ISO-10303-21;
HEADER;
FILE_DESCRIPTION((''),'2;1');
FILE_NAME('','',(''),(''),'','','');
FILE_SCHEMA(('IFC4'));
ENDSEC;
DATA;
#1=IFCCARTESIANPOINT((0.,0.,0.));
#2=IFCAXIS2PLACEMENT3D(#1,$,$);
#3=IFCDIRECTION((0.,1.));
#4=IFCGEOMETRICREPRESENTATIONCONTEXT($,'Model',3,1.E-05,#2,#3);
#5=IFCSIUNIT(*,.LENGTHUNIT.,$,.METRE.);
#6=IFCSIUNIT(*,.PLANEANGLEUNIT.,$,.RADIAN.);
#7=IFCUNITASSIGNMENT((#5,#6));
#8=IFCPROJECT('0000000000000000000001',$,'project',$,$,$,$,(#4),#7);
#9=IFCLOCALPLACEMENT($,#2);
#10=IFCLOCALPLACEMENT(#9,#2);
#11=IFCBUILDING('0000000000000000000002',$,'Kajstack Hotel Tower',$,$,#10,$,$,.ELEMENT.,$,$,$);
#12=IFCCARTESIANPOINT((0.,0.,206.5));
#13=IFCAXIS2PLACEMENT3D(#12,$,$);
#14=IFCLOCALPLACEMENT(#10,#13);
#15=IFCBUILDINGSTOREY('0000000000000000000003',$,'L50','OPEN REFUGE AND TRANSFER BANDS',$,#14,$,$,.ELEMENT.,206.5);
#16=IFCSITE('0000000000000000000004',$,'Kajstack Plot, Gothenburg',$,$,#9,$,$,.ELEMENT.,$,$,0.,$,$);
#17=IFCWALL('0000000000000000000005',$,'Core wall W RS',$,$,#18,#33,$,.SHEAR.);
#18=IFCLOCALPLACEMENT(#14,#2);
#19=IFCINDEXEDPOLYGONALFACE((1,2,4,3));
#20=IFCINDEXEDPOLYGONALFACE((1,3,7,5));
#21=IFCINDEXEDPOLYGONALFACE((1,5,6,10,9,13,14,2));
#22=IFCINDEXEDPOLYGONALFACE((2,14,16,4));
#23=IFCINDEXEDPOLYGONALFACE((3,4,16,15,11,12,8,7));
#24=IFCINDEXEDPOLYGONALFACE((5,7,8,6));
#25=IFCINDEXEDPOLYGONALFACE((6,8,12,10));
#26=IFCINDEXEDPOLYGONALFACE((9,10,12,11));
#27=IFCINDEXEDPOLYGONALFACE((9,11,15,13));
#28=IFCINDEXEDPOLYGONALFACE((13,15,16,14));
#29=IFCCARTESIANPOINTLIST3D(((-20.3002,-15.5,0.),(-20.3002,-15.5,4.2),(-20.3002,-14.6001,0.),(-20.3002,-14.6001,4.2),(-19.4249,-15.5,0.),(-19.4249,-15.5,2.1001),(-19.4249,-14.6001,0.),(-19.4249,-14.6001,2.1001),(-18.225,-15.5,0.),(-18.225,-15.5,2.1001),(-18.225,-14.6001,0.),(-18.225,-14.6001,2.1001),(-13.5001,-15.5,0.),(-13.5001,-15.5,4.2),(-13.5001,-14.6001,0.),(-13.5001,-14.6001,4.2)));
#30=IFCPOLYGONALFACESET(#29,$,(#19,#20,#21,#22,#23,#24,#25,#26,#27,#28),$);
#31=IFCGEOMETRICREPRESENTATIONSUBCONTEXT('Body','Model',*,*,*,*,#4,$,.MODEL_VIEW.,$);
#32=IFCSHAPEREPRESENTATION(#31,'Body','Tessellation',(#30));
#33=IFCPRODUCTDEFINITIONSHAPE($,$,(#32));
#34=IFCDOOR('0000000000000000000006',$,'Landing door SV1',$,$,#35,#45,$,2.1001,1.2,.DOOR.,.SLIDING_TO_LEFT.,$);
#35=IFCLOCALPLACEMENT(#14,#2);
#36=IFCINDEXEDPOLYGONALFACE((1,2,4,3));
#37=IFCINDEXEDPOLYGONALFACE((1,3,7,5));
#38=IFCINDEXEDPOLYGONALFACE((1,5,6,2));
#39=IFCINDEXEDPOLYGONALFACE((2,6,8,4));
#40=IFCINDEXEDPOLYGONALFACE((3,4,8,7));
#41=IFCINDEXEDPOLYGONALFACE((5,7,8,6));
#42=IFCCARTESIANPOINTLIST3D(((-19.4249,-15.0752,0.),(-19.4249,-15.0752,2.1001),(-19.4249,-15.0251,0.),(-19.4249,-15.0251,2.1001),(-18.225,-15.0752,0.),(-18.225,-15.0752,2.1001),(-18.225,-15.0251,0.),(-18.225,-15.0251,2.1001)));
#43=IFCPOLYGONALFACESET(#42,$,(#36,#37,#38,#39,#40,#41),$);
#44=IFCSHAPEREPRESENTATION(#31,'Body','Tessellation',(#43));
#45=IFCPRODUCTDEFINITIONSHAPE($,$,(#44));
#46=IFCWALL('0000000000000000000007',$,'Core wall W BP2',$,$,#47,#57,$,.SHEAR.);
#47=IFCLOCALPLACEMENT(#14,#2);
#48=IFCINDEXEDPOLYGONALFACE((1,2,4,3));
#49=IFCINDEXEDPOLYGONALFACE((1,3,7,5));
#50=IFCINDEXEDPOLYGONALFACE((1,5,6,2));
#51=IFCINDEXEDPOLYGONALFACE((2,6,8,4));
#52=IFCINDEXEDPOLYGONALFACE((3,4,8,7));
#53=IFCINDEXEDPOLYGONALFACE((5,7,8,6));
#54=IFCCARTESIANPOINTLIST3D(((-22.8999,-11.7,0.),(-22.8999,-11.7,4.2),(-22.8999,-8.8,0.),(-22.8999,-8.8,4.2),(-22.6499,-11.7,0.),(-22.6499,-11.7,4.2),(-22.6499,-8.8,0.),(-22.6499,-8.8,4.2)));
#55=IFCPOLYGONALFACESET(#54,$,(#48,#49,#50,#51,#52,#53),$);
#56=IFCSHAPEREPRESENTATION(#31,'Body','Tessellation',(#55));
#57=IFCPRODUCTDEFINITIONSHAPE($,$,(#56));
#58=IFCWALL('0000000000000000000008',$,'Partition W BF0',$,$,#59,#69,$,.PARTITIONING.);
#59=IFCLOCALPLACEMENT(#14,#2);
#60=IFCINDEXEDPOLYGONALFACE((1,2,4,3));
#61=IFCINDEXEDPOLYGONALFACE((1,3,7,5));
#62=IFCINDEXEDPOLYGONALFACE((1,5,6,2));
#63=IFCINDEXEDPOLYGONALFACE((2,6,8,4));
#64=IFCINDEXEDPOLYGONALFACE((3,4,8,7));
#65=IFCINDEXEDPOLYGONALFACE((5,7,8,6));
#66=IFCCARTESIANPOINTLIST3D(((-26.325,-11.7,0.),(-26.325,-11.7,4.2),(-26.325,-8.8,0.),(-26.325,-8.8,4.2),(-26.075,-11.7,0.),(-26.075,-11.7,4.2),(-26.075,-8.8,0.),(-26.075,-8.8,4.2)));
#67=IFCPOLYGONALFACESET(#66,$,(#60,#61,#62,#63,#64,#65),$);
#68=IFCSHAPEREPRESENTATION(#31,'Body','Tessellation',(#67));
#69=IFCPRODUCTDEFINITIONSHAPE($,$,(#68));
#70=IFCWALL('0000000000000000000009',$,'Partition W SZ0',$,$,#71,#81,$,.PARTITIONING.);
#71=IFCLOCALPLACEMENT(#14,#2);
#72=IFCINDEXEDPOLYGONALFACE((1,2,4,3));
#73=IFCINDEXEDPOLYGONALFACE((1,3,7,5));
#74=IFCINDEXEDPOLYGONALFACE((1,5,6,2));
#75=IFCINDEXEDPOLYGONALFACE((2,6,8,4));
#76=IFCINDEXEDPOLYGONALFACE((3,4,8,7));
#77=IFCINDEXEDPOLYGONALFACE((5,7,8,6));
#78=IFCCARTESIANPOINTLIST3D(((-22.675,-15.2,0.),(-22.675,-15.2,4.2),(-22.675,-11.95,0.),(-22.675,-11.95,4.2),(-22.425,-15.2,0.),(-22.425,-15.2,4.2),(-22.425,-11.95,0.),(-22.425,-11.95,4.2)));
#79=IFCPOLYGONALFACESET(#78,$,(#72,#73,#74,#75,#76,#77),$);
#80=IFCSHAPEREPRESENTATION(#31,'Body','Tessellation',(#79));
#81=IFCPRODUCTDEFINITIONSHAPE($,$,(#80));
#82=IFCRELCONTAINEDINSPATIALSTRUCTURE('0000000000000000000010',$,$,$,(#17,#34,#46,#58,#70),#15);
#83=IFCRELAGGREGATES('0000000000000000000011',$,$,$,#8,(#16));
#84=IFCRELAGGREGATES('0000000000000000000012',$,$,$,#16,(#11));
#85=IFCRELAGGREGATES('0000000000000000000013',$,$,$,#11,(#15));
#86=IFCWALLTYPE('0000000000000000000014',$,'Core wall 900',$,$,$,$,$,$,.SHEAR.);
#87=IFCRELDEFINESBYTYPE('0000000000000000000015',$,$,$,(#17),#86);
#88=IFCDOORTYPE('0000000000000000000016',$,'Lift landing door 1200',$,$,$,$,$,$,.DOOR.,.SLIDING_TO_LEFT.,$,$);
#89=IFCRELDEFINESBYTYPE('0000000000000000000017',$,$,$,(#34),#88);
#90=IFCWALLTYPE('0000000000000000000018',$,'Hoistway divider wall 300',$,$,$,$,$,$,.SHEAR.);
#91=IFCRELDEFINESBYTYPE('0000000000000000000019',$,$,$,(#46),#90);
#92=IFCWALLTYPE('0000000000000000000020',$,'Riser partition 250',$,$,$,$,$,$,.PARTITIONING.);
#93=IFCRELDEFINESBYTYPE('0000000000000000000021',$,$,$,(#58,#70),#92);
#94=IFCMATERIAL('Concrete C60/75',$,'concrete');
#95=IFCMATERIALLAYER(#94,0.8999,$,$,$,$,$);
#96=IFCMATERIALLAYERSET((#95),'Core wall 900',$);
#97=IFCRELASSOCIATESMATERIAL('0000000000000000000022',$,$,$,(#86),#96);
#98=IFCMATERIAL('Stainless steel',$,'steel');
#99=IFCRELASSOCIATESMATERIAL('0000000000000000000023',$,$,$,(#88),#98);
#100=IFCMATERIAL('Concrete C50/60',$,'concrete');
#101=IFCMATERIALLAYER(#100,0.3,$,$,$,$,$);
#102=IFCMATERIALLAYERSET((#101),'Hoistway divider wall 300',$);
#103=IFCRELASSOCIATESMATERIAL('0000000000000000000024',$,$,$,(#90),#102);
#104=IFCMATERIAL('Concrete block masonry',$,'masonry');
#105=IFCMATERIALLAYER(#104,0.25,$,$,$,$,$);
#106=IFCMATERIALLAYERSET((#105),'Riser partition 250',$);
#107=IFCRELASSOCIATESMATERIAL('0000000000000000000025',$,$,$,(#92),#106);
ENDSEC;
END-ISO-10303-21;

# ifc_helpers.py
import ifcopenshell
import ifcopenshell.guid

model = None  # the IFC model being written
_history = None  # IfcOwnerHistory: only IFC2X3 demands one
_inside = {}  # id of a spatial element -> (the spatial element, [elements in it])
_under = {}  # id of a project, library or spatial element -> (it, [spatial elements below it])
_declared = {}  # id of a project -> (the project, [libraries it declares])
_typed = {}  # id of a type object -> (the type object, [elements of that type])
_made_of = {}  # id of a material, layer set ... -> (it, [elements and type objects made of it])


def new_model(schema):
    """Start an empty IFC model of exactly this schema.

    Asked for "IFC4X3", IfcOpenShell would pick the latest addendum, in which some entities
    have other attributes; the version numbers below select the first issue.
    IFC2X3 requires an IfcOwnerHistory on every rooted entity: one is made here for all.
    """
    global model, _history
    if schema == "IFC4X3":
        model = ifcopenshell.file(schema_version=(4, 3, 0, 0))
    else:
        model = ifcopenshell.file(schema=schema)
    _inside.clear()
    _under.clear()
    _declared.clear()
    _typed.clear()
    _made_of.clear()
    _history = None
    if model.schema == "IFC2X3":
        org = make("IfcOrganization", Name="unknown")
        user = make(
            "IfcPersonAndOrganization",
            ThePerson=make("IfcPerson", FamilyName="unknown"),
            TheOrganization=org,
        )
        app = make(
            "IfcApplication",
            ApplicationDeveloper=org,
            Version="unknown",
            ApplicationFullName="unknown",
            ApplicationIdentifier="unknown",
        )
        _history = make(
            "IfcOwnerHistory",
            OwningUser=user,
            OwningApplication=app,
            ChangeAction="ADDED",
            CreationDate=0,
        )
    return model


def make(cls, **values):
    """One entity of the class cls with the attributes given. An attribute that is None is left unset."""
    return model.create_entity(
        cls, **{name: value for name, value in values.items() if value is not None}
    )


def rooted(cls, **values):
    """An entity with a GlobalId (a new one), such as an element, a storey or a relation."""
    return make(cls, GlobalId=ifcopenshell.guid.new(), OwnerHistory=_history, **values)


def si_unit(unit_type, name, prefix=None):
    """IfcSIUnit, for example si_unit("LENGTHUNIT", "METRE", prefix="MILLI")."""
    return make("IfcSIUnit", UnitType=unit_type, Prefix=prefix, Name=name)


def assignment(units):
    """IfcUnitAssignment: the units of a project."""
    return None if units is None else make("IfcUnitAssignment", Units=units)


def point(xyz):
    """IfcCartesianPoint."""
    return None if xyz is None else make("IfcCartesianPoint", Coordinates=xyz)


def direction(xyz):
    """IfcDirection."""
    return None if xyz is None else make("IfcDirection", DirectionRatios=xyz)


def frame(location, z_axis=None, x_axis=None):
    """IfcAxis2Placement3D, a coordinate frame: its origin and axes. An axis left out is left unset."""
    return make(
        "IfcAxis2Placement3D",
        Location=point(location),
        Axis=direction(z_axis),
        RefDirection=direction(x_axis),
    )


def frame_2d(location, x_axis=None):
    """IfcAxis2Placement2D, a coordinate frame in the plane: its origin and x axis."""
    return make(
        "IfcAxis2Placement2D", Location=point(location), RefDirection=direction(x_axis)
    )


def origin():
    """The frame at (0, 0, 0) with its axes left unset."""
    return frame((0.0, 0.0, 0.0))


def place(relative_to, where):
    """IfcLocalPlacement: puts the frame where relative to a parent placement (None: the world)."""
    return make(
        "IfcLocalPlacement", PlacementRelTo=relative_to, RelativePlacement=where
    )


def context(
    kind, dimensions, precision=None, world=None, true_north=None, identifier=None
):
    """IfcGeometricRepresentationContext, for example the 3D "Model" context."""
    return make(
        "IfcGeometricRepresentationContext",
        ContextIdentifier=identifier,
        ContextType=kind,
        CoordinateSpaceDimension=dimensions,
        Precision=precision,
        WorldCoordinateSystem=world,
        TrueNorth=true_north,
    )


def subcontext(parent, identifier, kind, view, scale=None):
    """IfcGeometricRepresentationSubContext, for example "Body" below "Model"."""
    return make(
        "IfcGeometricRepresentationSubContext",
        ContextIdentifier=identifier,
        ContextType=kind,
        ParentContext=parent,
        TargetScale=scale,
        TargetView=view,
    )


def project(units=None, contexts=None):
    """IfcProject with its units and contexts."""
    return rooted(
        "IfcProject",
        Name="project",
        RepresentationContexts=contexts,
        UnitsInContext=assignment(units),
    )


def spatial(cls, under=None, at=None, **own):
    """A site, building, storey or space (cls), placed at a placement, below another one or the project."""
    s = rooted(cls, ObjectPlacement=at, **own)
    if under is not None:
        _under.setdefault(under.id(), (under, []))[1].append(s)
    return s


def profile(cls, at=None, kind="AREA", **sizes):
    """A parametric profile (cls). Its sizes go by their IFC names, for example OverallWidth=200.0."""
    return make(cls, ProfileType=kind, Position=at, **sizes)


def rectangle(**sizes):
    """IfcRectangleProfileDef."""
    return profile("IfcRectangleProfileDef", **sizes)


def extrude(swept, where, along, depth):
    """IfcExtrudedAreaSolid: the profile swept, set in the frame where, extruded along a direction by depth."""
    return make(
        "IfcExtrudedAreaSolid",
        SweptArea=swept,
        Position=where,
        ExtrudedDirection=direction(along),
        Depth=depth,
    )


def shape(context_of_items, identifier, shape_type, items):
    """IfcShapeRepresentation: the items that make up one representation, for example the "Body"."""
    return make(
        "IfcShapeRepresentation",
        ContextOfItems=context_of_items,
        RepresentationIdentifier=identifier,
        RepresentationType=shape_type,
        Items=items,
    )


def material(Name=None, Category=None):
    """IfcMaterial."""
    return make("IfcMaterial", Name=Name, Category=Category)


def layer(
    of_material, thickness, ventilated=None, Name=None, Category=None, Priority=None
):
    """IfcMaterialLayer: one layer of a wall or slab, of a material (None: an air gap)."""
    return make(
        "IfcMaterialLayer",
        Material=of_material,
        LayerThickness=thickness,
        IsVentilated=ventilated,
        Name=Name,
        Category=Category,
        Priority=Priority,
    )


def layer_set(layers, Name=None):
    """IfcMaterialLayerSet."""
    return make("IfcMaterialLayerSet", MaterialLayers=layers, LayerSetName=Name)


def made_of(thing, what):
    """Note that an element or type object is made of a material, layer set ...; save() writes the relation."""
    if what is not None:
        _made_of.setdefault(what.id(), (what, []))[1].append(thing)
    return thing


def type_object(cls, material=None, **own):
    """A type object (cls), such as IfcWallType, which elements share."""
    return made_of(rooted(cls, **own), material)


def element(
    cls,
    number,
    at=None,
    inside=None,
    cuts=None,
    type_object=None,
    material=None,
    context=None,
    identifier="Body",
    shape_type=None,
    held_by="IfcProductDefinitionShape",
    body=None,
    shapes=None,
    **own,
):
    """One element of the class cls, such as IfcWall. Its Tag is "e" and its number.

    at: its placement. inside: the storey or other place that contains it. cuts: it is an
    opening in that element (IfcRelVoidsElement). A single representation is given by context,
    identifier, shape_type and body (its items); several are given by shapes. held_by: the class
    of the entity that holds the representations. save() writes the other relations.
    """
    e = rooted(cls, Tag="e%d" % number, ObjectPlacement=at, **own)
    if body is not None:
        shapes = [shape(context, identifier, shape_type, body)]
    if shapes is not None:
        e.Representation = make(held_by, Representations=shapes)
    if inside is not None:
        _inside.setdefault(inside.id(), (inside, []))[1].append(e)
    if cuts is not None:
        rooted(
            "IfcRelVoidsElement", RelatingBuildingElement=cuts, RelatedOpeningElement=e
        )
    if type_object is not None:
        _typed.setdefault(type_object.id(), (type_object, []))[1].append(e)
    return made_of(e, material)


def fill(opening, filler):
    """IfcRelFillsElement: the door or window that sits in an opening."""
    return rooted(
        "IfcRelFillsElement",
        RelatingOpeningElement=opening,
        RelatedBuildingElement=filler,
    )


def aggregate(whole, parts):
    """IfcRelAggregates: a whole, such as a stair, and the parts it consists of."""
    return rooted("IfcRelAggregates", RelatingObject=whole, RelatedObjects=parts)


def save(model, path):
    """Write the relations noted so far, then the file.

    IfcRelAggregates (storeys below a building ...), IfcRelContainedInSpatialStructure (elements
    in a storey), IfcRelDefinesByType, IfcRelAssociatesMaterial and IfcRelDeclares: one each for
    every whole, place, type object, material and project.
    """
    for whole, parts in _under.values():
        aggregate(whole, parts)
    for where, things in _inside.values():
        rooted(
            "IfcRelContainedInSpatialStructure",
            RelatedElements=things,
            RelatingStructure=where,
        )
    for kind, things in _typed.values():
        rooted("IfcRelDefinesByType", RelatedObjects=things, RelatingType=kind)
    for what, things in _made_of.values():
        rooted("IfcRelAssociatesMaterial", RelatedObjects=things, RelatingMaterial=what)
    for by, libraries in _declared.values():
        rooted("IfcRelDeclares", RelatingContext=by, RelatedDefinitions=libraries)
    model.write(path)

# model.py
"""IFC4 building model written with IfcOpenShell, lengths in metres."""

from ifc_helpers import new_model, si_unit, direction, frame, frame_2d, origin, place, context, subcontext, project, spatial, rectangle, extrude, material, layer, layer_set, type_object, element, fill, save


model = new_model("IFC4")

# Units and contexts
model_context = context("Model", 3, precision=1e-05, world=origin(), true_north=direction((0.0, 1.0)))
body_context = subcontext(model_context, "Body", "Model", "MODEL_VIEW")
ifc_project = project(units=[si_unit("LENGTHUNIT", "METRE"), si_unit("PLANEANGLEUNIT", "RADIAN")], contexts=[model_context])

# Site, building, storey
site_placement = place(None, origin())
site = spatial("IfcSite", under=ifc_project, at=site_placement, Name="Kajstack Plot, Gothenburg", CompositionType="ELEMENT", RefElevation=0.0)
building_placement = place(site_placement, origin())
building = spatial("IfcBuilding", under=site, at=building_placement, Name="Kajstack Hotel Tower", CompositionType="ELEMENT")
storey_placement = place(building_placement, frame((0.0, 0.0, 206.5)))
storey = spatial("IfcBuildingStorey", under=building, at=storey_placement, Name="L50", Description="OPEN REFUGE AND TRANSFER BANDS", CompositionType="ELEMENT", Elevation=206.5)

# Wall, opening, door
ifc_material_1 = material(Name="Concrete C60/75", Category="concrete")
ifc_layer_1 = layer(ifc_material_1, 0.8999)
ifc_layer_set_1 = layer_set([ifc_layer_1], Name="Core wall 900")
wall_type_1 = type_object("IfcWallType", Name="Core wall 900", PredefinedType="SHEAR", material=ifc_layer_set_1)
wall_1_placement = place(storey_placement, frame((-20.3, -15.05, 0.0), z_axis=(0.0, 0.0, 1.0), x_axis=(1.0, 0.0, 0.0)))
wall_1 = element("IfcWall", 1, at=wall_1_placement, inside=storey, type_object=wall_type_1, Name="Core wall W RS", PredefinedType="SHEAR", context=body_context, shape_type="SweptSolid", body=[
    extrude(rectangle(XDim=6.8, YDim=0.8999, at=frame_2d((3.3999, 0.0))), origin(), (0.0, 0.0, 1.0), 4.2),
])
opening_1_placement = place(wall_1_placement, frame((0.875, 0.0, 0.0)))
opening_1 = element("IfcOpeningElement", 2, at=opening_1_placement, cuts=wall_1, PredefinedType="OPENING", context=body_context, shape_type="SweptSolid", body=[
    extrude(rectangle(XDim=1.2, YDim=2.1001, at=frame_2d((0.6001, 1.05))), frame((0.0, 0.46, 0.0), z_axis=(0.0, -1.0, 0.0), x_axis=(1.0, 0.0, 0.0)), (0.0, 0.0, 1.0), 0.9199),
])
ifc_material_2 = material(Name="Stainless steel", Category="steel")
door_type_1 = type_object("IfcDoorType", Name="Lift landing door 1200", OperationType="SLIDING_TO_LEFT", PredefinedType="DOOR", material=ifc_material_2)
door_1_placement = place(opening_1_placement, origin())
door_1 = element("IfcDoor", 3, at=door_1_placement, inside=storey, type_object=door_type_1, Name="Landing door SV1", OperationType="SLIDING_TO_LEFT", OverallHeight=2.1001, OverallWidth=1.2, PredefinedType="DOOR", context=body_context, shape_type="SweptSolid", body=[
    extrude(rectangle(XDim=1.2, YDim=2.1001, at=frame_2d((0.6001, 1.05))), frame((0.0, 0.0249, 0.0), z_axis=(0.0, -1.0, 0.0), x_axis=(1.0, 0.0, 0.0)), (0.0, 0.0, 1.0), 0.05),
])
fill(opening_1, door_1)

# Walls
ifc_material_3 = material(Name="Concrete C50/60", Category="concrete")
ifc_layer_2 = layer(ifc_material_3, 0.3)
ifc_layer_set_2 = layer_set([ifc_layer_2], Name="Hoistway divider wall 300")
wall_type_2 = type_object("IfcWallType", Name="Hoistway divider wall 300", PredefinedType="SHEAR", material=ifc_layer_set_2)
wall_2_placement = place(storey_placement, frame((-22.7749, -11.7, 0.0), z_axis=(0.0, 0.0, 1.0), x_axis=(0.0, 1.0, 0.0)))
element("IfcWall", 4, at=wall_2_placement, inside=storey, type_object=wall_type_2, Name="Core wall W BP2", PredefinedType="SHEAR", context=body_context, shape_type="SweptSolid", body=[
    extrude(rectangle(XDim=2.8999, YDim=0.25, at=frame_2d((1.45, 0.0))), origin(), (0.0, 0.0, 1.0), 4.2),
])
ifc_material_4 = material(Name="Concrete block masonry", Category="masonry")
ifc_layer_3 = layer(ifc_material_4, 0.25)
ifc_layer_set_3 = layer_set([ifc_layer_3], Name="Riser partition 250")
wall_type_3 = type_object("IfcWallType", Name="Riser partition 250", PredefinedType="PARTITIONING", material=ifc_layer_set_3)
wall_3_placement = place(storey_placement, frame((-26.2, -11.7, 0.0), z_axis=(0.0, 0.0, 1.0), x_axis=(0.0, 1.0, 0.0)))
element("IfcWall", 5, at=wall_3_placement, inside=storey, type_object=wall_type_3, Name="Partition W BF0", PredefinedType="PARTITIONING", context=body_context, shape_type="SweptSolid", body=[
    extrude(rectangle(XDim=2.8999, YDim=0.25, at=frame_2d((1.45, 0.0))), origin(), (0.0, 0.0, 1.0), 4.2),
])
wall_4_placement = place(storey_placement, frame((-22.55, -15.2, 0.0), z_axis=(0.0, 0.0, 1.0), x_axis=(0.0, 1.0, 0.0)))
element("IfcWall", 6, at=wall_4_placement, inside=storey, type_object=wall_type_3, Name="Partition W SZ0", PredefinedType="PARTITIONING", context=body_context, shape_type="SweptSolid", body=[
    extrude(rectangle(XDim=3.25, YDim=0.25, at=frame_2d((1.625, 0.0))), origin(), (0.0, 0.0, 1.0), 4.2),
])

save(model, "model.ifc")
